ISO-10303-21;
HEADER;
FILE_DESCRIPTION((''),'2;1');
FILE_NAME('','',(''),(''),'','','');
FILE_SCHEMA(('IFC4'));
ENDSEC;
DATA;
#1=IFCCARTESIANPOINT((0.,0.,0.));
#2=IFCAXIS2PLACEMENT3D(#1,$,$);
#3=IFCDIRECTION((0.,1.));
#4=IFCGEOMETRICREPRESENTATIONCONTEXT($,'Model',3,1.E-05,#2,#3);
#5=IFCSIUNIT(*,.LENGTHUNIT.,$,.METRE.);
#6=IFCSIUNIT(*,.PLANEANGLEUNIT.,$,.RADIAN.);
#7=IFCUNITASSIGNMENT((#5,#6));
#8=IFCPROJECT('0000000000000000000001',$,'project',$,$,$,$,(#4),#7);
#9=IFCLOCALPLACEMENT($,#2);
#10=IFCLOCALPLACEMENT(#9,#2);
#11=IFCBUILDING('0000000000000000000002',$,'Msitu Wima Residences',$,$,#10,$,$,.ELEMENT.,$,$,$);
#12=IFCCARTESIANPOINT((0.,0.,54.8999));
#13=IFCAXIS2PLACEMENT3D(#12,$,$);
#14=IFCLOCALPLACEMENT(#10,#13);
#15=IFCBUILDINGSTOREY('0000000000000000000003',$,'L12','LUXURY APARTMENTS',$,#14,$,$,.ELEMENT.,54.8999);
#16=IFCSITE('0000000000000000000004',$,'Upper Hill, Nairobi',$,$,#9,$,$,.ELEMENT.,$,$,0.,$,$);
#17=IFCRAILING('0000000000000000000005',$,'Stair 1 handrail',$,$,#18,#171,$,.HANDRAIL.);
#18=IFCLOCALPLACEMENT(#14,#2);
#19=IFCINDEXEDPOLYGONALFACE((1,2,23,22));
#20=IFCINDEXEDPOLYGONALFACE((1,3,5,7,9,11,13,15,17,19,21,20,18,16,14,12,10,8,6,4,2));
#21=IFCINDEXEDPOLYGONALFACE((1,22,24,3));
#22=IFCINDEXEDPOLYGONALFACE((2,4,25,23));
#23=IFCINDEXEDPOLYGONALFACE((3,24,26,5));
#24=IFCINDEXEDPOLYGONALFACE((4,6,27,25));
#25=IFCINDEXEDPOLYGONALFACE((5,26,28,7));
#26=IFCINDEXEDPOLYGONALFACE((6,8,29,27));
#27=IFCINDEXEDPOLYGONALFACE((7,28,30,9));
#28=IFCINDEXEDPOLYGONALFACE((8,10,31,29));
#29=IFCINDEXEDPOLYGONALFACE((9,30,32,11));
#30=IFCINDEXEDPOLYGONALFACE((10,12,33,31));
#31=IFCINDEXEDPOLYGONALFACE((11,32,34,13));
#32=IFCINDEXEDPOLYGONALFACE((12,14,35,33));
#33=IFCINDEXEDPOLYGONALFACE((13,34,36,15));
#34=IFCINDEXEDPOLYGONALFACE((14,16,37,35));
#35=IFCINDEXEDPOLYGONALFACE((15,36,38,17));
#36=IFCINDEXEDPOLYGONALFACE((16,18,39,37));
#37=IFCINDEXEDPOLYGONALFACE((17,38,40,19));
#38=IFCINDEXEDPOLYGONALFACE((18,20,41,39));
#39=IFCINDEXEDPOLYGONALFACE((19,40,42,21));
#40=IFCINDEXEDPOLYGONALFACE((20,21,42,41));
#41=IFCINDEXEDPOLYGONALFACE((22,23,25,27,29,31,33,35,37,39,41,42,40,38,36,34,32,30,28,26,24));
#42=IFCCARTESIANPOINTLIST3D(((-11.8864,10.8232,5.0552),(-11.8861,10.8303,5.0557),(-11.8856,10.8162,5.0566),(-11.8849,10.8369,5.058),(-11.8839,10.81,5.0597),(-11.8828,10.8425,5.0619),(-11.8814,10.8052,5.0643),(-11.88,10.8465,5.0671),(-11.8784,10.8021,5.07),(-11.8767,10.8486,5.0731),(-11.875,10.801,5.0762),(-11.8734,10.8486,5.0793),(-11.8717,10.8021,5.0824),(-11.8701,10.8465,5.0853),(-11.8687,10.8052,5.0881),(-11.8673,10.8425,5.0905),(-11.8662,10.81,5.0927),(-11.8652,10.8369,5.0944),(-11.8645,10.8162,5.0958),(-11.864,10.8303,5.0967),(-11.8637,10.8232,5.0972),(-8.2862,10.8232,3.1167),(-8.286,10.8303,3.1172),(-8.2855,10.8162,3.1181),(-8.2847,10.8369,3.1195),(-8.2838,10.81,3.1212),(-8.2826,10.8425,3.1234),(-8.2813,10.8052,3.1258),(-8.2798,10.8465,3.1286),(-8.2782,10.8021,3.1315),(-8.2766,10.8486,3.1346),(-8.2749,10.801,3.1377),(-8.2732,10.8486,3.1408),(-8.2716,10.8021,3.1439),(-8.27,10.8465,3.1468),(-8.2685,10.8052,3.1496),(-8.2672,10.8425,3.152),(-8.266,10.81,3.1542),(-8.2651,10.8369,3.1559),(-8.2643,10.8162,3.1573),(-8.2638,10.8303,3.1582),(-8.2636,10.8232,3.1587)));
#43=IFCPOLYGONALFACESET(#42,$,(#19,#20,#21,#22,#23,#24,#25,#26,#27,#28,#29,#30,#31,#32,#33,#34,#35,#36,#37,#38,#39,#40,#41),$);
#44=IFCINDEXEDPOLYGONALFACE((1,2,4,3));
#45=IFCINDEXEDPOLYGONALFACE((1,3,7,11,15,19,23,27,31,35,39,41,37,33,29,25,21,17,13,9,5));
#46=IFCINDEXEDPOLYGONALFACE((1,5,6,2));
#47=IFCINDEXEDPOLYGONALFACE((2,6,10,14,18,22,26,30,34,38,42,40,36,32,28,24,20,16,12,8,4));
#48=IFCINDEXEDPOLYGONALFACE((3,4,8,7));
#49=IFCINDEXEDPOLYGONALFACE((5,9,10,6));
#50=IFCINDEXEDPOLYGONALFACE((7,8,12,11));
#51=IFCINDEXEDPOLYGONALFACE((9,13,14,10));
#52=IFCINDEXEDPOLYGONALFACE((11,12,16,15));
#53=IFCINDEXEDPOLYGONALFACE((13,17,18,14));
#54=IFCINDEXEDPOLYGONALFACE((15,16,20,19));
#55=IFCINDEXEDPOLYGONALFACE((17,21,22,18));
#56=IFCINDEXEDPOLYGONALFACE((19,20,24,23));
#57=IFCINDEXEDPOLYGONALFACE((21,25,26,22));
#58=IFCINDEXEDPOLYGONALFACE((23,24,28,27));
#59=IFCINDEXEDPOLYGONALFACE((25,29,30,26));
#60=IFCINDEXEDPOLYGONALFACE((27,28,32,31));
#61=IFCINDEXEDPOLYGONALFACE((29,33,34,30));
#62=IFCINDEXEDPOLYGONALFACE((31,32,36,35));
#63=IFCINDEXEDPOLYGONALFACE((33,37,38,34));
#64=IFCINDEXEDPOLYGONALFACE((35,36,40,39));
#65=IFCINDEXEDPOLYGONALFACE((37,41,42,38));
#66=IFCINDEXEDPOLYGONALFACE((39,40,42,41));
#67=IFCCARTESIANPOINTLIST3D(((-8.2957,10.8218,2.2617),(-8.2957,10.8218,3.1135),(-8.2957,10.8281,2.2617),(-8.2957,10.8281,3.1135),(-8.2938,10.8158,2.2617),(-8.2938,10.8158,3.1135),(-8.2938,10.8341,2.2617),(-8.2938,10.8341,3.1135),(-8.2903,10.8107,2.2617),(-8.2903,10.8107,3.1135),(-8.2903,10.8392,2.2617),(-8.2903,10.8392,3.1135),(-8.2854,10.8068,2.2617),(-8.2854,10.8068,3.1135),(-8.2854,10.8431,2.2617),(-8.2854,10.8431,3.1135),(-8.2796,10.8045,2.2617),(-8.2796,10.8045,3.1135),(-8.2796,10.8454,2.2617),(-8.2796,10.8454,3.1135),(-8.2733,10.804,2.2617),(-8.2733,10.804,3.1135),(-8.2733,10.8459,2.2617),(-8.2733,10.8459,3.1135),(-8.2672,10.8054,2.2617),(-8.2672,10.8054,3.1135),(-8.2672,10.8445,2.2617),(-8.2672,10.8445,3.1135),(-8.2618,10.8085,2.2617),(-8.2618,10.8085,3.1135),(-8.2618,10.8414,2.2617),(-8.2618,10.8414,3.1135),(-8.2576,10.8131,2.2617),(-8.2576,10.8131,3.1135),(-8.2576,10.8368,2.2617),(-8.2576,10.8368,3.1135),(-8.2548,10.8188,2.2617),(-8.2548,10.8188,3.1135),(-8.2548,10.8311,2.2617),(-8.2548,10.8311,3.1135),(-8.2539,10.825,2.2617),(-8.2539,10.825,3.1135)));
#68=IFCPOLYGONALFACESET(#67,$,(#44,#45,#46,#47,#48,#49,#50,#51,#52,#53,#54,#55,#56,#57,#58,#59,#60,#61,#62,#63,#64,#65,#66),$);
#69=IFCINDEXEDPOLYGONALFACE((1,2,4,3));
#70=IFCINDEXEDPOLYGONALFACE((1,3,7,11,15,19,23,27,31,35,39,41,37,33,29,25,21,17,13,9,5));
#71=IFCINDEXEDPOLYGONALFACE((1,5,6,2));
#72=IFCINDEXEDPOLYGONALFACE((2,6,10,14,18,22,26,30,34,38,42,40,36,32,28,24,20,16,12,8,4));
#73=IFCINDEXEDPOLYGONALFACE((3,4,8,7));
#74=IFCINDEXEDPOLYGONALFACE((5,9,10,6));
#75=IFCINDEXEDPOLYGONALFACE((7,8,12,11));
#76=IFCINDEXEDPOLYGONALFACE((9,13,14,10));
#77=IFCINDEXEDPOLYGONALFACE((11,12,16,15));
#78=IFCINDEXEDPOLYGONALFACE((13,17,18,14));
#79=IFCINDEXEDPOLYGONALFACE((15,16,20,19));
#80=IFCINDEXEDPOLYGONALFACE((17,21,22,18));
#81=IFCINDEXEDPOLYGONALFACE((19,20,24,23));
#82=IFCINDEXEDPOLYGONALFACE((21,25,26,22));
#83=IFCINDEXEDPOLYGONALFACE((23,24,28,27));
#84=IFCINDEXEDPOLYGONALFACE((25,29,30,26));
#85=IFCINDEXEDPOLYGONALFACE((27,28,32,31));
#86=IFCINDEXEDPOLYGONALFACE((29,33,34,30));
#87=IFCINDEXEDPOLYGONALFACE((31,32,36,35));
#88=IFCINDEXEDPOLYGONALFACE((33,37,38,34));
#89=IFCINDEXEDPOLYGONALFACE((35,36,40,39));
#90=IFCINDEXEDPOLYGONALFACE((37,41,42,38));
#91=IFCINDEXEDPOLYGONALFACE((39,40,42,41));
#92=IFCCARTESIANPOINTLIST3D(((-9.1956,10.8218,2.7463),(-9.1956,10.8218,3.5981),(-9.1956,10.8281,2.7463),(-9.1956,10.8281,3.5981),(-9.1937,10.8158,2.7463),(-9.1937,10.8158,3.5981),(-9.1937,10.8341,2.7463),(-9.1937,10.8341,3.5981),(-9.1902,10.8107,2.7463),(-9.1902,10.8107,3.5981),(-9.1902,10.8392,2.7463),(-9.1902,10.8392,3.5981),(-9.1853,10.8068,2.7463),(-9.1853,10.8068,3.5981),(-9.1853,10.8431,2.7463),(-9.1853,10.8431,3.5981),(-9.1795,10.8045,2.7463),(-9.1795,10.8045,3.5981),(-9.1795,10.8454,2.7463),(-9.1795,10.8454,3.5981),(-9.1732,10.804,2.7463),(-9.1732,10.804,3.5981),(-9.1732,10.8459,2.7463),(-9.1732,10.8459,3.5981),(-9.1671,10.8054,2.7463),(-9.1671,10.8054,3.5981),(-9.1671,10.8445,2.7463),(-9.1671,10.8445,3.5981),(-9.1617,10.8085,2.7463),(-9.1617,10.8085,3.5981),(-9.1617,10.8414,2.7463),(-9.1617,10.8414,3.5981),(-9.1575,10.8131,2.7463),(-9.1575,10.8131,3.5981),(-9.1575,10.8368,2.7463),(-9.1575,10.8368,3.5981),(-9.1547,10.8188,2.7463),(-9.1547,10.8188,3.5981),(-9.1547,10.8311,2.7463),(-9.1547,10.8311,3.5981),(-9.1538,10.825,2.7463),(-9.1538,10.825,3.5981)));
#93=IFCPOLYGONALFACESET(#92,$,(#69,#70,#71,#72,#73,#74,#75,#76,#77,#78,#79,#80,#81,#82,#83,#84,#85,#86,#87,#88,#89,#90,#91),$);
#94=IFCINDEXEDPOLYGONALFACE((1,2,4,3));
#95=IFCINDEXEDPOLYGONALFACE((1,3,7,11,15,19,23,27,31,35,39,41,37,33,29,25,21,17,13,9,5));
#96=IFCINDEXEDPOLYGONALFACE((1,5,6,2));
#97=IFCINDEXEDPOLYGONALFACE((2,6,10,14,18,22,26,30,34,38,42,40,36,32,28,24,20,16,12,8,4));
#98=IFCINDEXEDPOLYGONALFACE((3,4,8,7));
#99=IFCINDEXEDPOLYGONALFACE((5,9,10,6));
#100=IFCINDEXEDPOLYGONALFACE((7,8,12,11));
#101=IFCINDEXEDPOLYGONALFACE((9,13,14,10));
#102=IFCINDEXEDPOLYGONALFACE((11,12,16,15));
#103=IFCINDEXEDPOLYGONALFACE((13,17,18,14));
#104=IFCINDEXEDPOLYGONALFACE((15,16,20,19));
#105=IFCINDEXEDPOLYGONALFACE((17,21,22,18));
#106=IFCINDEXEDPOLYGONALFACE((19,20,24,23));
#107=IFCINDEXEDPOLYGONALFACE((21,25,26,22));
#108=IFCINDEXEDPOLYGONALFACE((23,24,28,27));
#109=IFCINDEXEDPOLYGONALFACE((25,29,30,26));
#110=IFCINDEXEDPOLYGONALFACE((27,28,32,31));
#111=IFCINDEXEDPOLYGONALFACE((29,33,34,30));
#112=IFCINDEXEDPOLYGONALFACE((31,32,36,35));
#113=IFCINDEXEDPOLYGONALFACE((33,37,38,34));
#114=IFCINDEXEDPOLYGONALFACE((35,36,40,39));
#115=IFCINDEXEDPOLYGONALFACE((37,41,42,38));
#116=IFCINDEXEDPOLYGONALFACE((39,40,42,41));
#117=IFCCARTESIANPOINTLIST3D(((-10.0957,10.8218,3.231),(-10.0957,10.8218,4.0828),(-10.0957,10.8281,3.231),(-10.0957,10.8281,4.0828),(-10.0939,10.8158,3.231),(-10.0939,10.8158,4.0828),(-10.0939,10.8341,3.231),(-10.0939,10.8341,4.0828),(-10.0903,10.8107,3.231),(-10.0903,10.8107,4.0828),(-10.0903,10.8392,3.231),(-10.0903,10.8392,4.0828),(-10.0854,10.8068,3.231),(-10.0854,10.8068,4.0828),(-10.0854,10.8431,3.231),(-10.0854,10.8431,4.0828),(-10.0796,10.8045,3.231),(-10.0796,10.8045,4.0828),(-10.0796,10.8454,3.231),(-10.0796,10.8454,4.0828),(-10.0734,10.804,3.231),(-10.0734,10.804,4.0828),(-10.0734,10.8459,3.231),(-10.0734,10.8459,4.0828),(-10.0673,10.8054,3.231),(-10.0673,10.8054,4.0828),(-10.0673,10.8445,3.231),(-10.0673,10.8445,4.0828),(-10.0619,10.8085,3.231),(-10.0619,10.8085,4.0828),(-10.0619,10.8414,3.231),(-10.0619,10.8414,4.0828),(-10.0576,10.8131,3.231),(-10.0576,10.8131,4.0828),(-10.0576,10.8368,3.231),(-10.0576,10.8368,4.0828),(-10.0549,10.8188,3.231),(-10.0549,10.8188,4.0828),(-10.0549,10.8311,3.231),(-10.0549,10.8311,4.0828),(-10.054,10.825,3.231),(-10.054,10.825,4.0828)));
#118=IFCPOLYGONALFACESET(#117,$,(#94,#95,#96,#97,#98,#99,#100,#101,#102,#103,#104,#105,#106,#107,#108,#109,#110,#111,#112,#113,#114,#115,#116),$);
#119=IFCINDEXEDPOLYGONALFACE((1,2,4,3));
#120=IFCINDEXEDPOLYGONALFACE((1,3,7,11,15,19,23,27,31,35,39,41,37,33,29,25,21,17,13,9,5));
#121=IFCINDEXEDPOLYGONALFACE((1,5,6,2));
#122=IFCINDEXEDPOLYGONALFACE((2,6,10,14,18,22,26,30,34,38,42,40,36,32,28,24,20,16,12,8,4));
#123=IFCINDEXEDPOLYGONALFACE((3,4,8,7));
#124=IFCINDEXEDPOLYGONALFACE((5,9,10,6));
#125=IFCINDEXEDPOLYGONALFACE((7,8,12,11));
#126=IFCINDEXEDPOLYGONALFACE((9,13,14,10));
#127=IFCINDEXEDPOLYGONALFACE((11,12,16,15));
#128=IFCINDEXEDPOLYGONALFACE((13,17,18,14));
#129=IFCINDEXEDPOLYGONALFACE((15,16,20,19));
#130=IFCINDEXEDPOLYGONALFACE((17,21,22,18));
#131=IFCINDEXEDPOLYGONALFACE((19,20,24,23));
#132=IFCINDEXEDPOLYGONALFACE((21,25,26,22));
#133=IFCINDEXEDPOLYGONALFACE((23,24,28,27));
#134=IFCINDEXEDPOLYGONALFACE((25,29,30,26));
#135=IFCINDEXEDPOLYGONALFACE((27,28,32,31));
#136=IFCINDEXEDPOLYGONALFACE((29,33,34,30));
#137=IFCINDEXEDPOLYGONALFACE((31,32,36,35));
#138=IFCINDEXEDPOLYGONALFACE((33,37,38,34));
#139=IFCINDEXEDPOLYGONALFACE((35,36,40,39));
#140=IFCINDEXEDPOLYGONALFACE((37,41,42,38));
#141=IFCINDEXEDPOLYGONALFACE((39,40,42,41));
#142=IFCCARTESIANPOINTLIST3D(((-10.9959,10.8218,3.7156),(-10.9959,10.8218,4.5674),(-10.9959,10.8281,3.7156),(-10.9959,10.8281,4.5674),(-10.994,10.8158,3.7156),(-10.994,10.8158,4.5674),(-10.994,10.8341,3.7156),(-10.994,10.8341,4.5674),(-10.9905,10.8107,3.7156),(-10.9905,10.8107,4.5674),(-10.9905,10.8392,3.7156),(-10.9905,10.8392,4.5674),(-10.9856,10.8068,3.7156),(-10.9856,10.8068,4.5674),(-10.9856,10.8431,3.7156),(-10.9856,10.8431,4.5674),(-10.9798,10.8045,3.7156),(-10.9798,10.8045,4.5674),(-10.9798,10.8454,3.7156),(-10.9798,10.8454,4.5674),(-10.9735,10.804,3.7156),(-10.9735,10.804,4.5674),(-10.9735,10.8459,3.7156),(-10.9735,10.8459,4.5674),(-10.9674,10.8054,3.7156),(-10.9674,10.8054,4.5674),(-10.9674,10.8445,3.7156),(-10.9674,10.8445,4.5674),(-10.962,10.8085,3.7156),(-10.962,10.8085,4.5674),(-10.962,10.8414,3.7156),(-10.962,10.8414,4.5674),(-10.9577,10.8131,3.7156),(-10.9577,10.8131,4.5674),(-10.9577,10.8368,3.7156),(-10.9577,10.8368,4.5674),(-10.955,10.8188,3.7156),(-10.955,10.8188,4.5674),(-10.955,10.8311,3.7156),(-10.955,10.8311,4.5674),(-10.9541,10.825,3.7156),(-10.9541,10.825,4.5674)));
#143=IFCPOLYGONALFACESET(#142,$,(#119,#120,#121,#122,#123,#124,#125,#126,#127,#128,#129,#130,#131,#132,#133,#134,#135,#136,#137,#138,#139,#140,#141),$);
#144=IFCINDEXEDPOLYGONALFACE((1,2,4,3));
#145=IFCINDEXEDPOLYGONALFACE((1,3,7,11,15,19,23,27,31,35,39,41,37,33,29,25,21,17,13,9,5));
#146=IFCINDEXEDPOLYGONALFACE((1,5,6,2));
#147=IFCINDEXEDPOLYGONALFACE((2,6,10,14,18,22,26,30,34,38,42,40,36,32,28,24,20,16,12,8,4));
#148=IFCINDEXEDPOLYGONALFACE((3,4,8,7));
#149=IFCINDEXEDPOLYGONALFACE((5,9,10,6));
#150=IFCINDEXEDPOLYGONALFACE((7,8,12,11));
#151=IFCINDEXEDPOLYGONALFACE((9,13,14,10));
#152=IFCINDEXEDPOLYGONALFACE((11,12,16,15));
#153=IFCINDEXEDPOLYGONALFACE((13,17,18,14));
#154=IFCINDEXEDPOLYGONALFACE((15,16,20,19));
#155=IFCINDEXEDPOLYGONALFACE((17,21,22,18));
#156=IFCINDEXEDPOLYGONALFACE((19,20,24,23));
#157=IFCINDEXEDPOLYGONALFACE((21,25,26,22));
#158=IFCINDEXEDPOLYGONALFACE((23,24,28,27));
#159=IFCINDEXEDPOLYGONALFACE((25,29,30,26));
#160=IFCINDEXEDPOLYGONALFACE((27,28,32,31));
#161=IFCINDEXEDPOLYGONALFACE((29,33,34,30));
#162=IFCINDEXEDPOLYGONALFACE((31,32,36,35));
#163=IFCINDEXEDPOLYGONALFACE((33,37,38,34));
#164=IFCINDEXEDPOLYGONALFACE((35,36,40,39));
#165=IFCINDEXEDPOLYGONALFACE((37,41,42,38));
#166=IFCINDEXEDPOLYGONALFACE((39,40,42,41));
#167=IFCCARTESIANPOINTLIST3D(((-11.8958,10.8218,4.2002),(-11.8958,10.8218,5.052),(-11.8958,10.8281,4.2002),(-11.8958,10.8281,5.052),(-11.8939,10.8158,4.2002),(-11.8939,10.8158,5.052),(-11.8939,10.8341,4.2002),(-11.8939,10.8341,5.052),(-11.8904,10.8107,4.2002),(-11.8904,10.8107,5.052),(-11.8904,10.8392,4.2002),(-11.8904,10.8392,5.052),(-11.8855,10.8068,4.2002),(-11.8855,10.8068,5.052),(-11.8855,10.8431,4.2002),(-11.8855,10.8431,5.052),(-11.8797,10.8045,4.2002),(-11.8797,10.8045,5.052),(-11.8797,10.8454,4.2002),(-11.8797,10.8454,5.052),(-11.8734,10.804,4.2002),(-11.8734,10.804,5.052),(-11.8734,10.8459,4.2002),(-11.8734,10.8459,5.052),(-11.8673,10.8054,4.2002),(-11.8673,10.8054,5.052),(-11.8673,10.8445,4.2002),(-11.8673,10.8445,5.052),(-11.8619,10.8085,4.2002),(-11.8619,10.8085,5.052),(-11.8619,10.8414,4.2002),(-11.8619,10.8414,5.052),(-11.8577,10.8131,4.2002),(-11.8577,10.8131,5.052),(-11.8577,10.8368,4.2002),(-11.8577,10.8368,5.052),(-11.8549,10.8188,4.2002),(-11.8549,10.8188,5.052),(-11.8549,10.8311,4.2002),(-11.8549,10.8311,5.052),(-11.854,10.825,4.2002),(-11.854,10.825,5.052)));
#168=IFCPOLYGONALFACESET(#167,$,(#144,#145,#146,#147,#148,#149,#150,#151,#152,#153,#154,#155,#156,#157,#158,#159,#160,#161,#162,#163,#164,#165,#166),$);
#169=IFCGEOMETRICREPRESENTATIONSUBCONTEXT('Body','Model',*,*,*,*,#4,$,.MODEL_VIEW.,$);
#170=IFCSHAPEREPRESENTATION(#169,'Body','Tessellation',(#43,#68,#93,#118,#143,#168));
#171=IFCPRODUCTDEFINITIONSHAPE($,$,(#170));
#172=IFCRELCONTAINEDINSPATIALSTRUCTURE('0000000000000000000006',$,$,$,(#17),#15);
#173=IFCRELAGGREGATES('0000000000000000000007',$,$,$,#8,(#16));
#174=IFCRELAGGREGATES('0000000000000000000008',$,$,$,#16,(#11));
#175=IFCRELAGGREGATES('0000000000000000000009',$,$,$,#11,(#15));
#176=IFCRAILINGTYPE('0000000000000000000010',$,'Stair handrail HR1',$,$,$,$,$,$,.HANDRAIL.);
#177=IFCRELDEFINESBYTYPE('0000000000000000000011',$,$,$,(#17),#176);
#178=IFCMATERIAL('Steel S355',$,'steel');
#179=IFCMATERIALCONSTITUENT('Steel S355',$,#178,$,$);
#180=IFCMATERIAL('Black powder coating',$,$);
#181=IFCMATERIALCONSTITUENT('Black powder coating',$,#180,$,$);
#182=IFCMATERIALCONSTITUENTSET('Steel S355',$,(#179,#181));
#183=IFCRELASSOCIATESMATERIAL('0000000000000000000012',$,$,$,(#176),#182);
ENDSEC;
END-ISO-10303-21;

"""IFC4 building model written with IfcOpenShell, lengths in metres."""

from ifc_helpers import new_model, si_unit, direction, frame, origin, origin_2d, place, context, subcontext, project, spatial, circle, extrude, material, constituent, constituent_set, type_object, element, save


model = new_model("IFC4")

# Units and contexts
model_context = context("Model", 3, precision=1e-05, world=origin(), true_north=direction((0.0, 1.0)))
body_context = subcontext(model_context, "Body", "Model", "MODEL_VIEW")
ifc_project = project(units=[si_unit("LENGTHUNIT", "METRE"), si_unit("PLANEANGLEUNIT", "RADIAN")], contexts=[model_context])

# Site, building, storey
site_placement = place(None, origin())
site = spatial("IfcSite", under=ifc_project, at=site_placement, Name="Upper Hill, Nairobi", CompositionType="ELEMENT", RefElevation=0.0)
building_placement = place(site_placement, origin())
building = spatial("IfcBuilding", under=site, at=building_placement, Name="Msitu Wima Residences", CompositionType="ELEMENT")
storey_placement = place(building_placement, frame((0.0, 0.0, 54.8999)))
storey = spatial("IfcBuildingStorey", under=building, at=storey_placement, Name="L12", Description="LUXURY APARTMENTS", CompositionType="ELEMENT", Elevation=54.8999)

# Railing
ifc_material_1 = material(Name="Steel S355", Category="steel")
ifc_constituent_1 = constituent(ifc_material_1, Name="Steel S355")
ifc_material_2 = material(Name="Black powder coating")
ifc_constituent_2 = constituent(ifc_material_2, Name="Black powder coating")
ifc_constituent_set = constituent_set(constituents=[ifc_constituent_1, ifc_constituent_2], Name="Steel S355")
railing_type = type_object("IfcRailingType", Name="Stair handrail HR1", PredefinedType="HANDRAIL", material=ifc_constituent_set)
for number, where, name in (
    (1, (-8.2749, 10.825, 2.2617), "Stair 1 handrail"),
):
    element("IfcRailing", number, at=place(storey_placement, frame(where)), inside=storey, type_object=railing_type, Name=name, PredefinedType="HANDRAIL", context=body_context, shape_type="SweptSolid", body=[
        extrude(circle(Radius=0.0239, at=origin_2d()), frame((0.0, 0.0, 0.876), z_axis=(-0.880475, 0.0, 0.474093), x_axis=(0.0, -1.0, 0.0)), (0.0, 0.0, 1.0), 4.0889),
        extrude(circle(Radius=0.021, at=origin_2d()), origin(), (0.0, 0.0, 1.0), 0.8518),
        extrude(circle(Radius=0.021, at=origin_2d()), frame((-0.8999, 0.0, 0.4846)), (0.0, 0.0, 1.0), 0.8518),
        extrude(circle(Radius=0.021, at=origin_2d()), frame((-1.8, 0.0, 0.9692)), (0.0, 0.0, 1.0), 0.8518),
        extrude(circle(Radius=0.021, at=origin_2d()), frame((-2.7002, 0.0, 1.4539)), (0.0, 0.0, 1.0), 0.8518),
        extrude(circle(Radius=0.021, at=origin_2d()), frame((-3.6001, 0.0, 1.9385)), (0.0, 0.0, 1.0), 0.8518),
    ])

save(model, "model.ifc")
